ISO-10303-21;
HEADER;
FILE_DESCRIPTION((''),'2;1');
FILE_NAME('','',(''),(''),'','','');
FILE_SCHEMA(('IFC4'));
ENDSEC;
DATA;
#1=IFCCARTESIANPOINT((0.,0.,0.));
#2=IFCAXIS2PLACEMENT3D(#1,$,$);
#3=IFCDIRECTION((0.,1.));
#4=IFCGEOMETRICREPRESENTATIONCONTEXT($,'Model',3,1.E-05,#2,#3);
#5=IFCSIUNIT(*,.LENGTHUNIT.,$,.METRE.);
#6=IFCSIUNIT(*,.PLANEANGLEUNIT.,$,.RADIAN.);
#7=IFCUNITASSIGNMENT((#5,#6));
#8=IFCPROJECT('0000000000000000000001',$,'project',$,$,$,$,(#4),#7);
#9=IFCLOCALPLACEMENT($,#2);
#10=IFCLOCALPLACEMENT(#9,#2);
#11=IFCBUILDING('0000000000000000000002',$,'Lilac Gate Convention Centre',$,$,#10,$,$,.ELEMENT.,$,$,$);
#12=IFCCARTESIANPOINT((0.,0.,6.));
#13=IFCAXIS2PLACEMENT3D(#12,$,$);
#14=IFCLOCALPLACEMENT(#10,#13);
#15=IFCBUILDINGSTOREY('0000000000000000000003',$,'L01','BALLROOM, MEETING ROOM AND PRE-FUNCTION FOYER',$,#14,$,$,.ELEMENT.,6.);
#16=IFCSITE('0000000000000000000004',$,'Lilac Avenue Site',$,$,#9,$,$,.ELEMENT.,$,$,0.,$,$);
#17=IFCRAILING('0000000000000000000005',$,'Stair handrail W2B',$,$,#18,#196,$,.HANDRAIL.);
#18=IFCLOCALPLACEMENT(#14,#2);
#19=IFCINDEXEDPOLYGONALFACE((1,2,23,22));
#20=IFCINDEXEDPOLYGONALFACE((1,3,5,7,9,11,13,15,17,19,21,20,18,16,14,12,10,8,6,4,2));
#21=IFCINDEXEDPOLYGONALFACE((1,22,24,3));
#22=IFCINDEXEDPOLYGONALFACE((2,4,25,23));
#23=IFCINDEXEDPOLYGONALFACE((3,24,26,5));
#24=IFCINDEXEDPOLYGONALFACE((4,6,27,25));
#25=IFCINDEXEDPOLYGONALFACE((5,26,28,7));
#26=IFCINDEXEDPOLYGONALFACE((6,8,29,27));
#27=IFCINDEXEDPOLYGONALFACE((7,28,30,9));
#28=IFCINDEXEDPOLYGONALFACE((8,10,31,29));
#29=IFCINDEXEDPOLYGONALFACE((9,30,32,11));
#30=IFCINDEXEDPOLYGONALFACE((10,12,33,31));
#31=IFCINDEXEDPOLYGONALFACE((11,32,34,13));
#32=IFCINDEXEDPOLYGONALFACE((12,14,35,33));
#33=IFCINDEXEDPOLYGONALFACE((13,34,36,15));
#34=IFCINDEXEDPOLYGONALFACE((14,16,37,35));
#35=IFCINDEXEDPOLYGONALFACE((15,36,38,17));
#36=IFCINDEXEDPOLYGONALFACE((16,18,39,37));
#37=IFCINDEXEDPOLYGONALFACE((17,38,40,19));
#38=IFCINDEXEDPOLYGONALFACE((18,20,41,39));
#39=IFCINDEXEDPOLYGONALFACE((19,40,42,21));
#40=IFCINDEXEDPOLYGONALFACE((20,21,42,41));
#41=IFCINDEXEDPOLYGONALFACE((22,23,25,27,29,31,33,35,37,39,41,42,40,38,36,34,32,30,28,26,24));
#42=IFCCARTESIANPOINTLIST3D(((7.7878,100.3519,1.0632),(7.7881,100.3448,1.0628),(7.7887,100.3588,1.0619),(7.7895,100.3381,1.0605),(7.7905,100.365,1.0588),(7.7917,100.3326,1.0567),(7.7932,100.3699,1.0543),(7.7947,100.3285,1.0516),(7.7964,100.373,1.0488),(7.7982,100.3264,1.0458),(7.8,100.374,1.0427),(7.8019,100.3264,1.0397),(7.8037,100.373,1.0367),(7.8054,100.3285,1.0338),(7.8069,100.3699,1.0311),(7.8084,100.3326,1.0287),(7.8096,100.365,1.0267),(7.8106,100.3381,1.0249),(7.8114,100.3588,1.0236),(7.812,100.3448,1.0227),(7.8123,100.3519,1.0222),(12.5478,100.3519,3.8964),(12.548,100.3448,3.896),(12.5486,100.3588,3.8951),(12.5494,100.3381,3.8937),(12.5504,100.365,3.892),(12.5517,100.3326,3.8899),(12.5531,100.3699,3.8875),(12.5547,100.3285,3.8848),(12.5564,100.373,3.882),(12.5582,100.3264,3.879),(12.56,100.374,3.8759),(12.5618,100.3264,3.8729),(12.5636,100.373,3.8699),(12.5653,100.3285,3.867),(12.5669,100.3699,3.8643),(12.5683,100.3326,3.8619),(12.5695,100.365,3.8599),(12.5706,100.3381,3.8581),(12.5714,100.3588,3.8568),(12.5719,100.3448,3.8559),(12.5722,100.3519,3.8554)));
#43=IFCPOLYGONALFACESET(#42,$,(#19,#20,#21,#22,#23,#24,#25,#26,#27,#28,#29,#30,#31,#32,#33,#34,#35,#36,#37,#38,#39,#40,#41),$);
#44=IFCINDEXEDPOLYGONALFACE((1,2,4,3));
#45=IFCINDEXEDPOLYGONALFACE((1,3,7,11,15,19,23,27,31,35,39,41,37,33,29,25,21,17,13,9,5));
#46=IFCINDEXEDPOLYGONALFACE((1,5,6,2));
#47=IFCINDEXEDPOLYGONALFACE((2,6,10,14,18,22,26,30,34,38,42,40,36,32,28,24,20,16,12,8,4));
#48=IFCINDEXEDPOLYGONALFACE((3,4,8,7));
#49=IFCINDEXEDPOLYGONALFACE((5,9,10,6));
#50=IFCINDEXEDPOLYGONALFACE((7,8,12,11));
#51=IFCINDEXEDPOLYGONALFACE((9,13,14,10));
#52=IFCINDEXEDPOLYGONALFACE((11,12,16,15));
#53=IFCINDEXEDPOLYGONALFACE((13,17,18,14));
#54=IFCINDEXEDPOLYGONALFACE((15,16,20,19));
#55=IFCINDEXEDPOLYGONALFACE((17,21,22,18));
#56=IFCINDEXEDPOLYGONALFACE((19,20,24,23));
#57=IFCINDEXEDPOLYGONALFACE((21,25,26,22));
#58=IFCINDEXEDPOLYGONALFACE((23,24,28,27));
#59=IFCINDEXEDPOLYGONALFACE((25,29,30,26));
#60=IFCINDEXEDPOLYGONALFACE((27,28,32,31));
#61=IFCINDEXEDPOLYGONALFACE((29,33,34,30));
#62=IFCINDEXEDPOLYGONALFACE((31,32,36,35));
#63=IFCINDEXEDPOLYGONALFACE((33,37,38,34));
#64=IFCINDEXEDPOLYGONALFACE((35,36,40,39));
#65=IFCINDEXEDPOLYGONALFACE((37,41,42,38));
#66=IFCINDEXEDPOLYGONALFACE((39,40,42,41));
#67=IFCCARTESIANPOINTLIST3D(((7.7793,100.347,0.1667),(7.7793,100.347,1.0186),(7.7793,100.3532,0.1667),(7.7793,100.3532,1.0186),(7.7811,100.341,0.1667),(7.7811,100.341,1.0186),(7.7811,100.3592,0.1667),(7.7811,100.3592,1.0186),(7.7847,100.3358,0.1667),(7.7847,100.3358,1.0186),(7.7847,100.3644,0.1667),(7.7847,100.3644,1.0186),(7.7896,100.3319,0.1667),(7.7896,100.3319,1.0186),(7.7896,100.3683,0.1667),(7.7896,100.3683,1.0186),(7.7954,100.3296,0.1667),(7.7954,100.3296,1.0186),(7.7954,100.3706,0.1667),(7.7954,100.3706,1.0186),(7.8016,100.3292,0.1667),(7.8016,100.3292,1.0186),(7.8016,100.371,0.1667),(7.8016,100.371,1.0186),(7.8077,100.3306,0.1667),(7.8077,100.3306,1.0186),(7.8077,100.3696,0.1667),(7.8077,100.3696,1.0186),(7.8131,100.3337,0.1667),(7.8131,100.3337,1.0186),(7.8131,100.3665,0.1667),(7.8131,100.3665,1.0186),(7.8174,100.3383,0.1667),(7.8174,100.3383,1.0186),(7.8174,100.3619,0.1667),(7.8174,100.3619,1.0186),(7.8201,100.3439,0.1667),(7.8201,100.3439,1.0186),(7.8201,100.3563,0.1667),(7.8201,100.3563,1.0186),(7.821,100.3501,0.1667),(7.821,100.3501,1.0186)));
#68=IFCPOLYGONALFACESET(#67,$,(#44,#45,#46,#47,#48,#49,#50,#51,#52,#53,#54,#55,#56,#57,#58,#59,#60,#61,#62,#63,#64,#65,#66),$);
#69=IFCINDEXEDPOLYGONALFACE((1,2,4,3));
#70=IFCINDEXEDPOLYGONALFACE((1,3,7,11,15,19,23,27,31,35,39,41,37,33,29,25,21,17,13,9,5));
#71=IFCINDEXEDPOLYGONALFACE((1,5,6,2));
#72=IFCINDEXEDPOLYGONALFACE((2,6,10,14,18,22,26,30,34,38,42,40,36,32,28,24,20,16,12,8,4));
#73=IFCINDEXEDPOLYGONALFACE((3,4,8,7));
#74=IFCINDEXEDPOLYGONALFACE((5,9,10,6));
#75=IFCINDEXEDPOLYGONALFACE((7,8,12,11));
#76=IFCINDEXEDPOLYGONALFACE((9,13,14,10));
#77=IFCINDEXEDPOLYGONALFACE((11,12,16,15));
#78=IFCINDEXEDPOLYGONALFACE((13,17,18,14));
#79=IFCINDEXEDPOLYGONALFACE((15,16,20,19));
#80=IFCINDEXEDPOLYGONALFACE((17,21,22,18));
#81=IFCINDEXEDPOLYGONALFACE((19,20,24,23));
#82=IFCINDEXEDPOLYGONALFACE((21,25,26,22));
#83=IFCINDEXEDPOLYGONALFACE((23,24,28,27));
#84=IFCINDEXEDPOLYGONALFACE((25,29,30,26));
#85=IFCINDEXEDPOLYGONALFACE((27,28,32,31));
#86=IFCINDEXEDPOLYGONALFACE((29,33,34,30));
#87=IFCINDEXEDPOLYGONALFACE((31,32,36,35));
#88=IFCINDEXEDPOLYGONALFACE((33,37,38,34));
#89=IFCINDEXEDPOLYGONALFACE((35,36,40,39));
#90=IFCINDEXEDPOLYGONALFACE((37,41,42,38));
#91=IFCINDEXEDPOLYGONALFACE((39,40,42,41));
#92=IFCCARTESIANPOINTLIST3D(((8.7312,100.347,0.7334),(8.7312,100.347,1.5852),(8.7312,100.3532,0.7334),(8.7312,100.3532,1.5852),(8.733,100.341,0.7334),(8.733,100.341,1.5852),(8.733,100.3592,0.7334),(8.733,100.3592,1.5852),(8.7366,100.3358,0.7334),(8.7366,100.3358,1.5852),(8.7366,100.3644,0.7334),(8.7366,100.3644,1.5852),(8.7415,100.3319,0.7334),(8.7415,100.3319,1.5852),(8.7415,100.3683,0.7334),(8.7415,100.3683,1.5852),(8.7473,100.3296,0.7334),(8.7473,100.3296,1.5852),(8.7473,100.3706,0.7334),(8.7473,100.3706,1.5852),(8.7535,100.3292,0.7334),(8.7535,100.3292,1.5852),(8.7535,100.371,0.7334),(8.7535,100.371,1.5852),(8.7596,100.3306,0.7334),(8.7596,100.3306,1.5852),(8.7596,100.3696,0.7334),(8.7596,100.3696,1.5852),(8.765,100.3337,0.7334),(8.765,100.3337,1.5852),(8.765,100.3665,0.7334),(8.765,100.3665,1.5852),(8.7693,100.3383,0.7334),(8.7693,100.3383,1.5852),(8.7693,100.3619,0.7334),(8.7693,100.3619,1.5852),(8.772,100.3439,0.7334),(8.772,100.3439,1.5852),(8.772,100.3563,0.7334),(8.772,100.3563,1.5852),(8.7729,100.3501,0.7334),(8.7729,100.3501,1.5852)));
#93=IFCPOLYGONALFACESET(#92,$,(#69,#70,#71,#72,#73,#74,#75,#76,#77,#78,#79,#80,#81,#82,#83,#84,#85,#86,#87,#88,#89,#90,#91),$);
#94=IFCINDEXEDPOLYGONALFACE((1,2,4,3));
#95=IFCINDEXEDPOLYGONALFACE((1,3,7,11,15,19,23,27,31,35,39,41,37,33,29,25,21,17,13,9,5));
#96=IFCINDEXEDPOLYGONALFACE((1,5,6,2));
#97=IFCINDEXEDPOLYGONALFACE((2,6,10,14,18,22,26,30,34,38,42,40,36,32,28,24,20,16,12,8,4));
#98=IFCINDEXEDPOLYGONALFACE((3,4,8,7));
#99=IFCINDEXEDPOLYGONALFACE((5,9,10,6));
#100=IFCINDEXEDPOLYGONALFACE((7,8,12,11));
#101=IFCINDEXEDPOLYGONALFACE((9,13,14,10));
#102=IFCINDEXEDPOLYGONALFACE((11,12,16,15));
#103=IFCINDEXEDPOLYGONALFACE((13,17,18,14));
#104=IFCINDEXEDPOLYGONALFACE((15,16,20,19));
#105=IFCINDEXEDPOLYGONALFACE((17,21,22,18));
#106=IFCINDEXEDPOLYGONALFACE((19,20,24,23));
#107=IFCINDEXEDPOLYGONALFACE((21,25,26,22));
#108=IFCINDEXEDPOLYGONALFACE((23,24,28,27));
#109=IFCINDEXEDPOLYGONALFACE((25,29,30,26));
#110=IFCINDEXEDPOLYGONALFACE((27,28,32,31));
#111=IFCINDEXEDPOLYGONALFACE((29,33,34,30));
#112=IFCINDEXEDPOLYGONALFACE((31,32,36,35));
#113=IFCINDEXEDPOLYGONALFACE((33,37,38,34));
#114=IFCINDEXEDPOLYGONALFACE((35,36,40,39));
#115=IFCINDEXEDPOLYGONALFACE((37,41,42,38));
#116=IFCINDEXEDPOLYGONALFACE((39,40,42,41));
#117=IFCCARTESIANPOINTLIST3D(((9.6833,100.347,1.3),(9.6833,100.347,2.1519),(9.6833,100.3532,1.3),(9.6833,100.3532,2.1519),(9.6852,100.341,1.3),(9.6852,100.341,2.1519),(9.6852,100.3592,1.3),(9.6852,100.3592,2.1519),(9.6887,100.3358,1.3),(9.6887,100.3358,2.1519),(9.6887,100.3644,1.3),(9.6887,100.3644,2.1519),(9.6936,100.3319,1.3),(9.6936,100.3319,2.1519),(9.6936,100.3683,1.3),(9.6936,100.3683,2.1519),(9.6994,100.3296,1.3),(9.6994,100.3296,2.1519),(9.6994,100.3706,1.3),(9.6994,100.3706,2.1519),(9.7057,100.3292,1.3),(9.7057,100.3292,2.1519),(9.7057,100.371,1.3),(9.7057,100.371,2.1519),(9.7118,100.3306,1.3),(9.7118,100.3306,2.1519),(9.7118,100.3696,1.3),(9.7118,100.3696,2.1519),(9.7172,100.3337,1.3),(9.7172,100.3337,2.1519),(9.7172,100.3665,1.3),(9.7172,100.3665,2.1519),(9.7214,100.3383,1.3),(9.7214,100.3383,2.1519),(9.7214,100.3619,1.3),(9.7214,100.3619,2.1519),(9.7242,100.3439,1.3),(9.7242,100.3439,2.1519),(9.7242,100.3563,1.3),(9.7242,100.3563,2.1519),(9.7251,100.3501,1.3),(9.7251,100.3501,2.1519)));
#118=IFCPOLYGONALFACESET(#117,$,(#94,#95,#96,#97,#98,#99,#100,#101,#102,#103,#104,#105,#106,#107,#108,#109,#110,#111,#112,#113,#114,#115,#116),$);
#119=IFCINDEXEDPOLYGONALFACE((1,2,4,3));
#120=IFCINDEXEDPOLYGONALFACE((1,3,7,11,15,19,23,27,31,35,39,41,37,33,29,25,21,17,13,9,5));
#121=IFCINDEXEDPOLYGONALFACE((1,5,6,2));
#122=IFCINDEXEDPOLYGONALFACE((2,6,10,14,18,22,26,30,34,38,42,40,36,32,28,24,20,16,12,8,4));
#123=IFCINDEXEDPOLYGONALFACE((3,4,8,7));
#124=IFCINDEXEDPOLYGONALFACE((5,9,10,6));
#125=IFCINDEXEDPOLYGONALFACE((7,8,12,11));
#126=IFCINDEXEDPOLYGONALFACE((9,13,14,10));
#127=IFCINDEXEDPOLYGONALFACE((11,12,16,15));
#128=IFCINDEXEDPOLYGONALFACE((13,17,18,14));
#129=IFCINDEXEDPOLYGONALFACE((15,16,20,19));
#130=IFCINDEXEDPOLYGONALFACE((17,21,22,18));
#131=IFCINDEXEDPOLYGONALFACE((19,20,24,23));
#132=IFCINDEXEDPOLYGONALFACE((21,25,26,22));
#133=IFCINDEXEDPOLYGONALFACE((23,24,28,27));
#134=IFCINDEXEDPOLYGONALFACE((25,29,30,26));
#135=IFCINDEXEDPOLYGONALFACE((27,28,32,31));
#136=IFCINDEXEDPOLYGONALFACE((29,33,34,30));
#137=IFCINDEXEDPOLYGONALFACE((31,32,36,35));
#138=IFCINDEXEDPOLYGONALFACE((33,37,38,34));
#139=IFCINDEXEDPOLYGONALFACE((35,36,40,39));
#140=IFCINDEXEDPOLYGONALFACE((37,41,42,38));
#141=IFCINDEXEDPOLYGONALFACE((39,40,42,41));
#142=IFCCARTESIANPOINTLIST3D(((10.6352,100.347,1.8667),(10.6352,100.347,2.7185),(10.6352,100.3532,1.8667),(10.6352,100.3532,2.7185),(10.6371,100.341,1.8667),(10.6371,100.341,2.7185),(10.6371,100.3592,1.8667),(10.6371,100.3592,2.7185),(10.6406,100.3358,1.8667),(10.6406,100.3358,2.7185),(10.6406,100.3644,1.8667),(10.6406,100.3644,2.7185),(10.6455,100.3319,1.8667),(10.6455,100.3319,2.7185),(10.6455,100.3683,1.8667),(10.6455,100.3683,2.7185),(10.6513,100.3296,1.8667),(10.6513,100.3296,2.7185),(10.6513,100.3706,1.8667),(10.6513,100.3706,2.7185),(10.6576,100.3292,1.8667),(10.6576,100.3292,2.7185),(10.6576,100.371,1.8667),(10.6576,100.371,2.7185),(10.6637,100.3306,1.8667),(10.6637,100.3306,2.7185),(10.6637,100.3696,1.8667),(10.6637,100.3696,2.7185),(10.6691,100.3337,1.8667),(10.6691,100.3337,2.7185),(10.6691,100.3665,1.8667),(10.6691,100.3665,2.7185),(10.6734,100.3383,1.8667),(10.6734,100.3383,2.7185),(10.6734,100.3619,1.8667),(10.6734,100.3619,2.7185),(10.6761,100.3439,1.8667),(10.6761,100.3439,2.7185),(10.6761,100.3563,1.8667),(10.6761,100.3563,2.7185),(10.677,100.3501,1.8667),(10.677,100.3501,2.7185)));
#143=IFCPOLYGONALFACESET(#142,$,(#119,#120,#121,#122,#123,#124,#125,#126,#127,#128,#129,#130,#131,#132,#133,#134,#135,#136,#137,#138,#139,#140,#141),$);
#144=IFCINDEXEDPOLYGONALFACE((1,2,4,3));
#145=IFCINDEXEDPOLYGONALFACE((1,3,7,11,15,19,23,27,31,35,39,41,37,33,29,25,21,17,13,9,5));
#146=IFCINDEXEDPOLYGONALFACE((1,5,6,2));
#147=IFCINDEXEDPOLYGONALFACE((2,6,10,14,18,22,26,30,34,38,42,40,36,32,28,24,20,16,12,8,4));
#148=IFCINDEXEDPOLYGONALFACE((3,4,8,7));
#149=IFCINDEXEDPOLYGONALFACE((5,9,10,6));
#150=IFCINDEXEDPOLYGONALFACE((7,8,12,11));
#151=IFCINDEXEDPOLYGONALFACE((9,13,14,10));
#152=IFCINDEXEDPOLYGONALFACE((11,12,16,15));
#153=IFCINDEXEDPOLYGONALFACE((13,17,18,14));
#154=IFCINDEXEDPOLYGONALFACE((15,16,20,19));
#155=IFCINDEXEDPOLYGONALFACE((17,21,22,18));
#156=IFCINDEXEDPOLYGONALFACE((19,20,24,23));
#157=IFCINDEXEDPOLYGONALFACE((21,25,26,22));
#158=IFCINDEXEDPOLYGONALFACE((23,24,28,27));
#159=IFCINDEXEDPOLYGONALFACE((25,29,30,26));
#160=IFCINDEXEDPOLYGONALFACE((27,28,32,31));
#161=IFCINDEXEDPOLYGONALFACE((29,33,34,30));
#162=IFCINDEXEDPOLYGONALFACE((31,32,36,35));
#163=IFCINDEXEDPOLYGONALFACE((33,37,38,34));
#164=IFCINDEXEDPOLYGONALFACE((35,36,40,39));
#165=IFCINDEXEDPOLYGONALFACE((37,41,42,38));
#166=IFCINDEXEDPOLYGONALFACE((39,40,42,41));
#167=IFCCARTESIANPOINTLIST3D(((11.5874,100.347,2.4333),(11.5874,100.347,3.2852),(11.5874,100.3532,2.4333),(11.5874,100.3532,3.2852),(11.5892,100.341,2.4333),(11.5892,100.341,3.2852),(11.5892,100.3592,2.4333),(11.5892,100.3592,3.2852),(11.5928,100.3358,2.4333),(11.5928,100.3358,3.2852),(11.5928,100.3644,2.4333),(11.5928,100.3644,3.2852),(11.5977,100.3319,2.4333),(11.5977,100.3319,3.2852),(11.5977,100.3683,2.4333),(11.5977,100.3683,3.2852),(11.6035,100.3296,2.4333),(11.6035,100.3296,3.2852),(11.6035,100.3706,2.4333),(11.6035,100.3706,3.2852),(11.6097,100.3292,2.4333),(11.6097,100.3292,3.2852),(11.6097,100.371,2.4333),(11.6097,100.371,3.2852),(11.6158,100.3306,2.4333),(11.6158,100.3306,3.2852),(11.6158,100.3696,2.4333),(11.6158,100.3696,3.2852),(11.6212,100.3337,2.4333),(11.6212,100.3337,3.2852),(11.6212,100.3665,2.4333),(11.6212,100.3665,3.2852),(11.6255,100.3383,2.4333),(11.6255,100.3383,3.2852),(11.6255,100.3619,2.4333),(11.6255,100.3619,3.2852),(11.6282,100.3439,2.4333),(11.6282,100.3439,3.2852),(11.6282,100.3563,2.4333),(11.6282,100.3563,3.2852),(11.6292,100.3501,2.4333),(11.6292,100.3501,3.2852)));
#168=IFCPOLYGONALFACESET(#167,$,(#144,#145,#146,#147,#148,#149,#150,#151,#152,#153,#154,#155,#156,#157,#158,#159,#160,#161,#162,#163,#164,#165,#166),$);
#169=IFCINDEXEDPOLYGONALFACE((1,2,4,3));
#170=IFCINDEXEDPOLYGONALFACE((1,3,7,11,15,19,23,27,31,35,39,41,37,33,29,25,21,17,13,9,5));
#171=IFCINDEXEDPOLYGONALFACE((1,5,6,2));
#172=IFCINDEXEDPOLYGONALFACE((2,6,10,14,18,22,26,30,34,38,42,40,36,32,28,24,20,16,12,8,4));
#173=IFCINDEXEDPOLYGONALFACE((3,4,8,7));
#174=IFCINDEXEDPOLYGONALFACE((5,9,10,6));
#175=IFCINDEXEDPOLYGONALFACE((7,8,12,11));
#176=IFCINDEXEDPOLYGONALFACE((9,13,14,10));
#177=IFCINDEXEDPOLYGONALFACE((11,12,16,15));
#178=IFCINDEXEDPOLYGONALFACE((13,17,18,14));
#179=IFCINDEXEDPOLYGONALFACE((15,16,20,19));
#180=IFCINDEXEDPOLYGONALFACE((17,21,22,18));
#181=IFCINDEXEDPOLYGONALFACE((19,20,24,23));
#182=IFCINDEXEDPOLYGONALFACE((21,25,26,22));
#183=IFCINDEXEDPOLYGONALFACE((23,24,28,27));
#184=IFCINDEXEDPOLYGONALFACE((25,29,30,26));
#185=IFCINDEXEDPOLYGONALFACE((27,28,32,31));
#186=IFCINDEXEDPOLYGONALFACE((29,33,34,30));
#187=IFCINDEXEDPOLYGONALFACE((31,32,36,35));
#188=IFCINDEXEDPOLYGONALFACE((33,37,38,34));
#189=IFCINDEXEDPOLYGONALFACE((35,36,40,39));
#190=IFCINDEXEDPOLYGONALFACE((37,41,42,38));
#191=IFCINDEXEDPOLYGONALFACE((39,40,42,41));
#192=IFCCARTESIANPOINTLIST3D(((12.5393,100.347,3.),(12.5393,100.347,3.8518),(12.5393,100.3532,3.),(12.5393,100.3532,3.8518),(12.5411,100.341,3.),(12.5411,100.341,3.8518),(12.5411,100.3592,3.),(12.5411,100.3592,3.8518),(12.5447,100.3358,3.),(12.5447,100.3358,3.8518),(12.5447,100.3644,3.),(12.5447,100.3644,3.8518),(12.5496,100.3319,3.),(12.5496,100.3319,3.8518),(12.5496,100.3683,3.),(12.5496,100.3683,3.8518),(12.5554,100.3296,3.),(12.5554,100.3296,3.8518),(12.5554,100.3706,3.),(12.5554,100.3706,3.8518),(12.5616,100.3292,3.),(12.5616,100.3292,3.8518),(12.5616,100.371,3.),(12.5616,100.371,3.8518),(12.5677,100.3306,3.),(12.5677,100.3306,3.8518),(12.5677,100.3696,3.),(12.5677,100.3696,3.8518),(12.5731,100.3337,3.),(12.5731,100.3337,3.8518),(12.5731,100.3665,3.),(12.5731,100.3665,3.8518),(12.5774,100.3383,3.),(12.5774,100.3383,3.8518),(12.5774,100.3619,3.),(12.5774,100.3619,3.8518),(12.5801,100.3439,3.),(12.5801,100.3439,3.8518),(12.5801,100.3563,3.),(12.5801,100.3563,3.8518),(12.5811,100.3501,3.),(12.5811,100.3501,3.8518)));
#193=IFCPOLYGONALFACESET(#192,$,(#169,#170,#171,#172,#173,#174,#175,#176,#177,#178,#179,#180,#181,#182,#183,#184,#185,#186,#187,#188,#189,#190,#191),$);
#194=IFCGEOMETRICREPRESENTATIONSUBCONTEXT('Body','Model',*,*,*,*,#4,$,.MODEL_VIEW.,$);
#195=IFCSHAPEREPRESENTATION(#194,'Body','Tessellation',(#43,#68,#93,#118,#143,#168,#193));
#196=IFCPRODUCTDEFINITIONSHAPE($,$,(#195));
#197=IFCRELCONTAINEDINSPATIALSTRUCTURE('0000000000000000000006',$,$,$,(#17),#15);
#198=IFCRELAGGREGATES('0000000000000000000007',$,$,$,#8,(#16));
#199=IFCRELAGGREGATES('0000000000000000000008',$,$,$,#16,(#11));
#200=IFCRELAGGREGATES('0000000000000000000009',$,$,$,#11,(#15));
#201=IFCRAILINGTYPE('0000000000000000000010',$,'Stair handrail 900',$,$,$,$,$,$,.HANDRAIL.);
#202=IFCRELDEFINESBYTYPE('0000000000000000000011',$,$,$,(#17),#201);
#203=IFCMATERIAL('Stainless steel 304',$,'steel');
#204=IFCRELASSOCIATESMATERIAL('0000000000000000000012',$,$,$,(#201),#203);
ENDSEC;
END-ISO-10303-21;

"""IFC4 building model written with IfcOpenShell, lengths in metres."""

from ifc_helpers import new_model, si_unit, direction, frame, origin, origin_2d, place, context, subcontext, project, spatial, circle, extrude, material, type_object, element, save


model = new_model("IFC4")

# Units and contexts
model_context = context("Model", 3, precision=1e-05, world=origin(), true_north=direction((0.0, 1.0)))
body_context = subcontext(model_context, "Body", "Model", "MODEL_VIEW")
ifc_project = project(units=[si_unit("LENGTHUNIT", "METRE"), si_unit("PLANEANGLEUNIT", "RADIAN")], contexts=[model_context])

# Site, building, storey
site_placement = place(None, origin())
site = spatial("IfcSite", under=ifc_project, at=site_placement, Name="Lilac Avenue Site", CompositionType="ELEMENT", RefElevation=0.0)
building_placement = place(site_placement, origin())
building = spatial("IfcBuilding", under=site, at=building_placement, Name="Lilac Gate Convention Centre", CompositionType="ELEMENT")
storey_placement = place(building_placement, frame((0.0, 0.0, 6.0)))
storey = spatial("IfcBuildingStorey", under=building, at=storey_placement, Name="L01", Description="BALLROOM, MEETING ROOM AND PRE-FUNCTION FOYER", CompositionType="ELEMENT", Elevation=6.0)

# Railing
ifc_material_1 = material(Name="Stainless steel 304", Category="steel")
railing_type_1 = type_object("IfcRailingType", Name="Stair handrail 900", PredefinedType="HANDRAIL", material=ifc_material_1)
for number, where, name in (
    (1, (7.8, 100.3501, 0.1667), "Stair handrail W2B"),
):
    element("IfcRailing", number, at=place(storey_placement, frame(where)), inside=storey, type_object=railing_type_1, Name=name, PredefinedType="HANDRAIL", context=body_context, shape_type="SweptSolid", body=[
        extrude(circle(Radius=0.0239, at=origin_2d()), frame((0.0, 0.0, 0.876), z_axis=(0.8593, 0.0, 0.511472), x_axis=(0.0, 1.0, 0.0)), (0.0, 0.0, 1.0), 5.5393),
        extrude(circle(Radius=0.021, at=origin_2d()), origin(), (0.0, 0.0, 1.0), 0.8518),
        extrude(circle(Radius=0.021, at=origin_2d()), frame((0.9519, 0.0, 0.5667)), (0.0, 0.0, 1.0), 0.8518),
        extrude(circle(Radius=0.021, at=origin_2d()), frame((1.9041, 0.0, 1.1333)), (0.0, 0.0, 1.0), 0.8518),
        extrude(circle(Radius=0.021, at=origin_2d()), frame((2.856, 0.0, 1.7)), (0.0, 0.0, 1.0), 0.8518),
        extrude(circle(Radius=0.021, at=origin_2d()), frame((3.8081, 0.0, 2.2666)), (0.0, 0.0, 1.0), 0.8518),
        extrude(circle(Radius=0.021, at=origin_2d()), frame((4.76, 0.0, 2.8333)), (0.0, 0.0, 1.0), 0.8518),
    ])

save(model, "model.ifc")
